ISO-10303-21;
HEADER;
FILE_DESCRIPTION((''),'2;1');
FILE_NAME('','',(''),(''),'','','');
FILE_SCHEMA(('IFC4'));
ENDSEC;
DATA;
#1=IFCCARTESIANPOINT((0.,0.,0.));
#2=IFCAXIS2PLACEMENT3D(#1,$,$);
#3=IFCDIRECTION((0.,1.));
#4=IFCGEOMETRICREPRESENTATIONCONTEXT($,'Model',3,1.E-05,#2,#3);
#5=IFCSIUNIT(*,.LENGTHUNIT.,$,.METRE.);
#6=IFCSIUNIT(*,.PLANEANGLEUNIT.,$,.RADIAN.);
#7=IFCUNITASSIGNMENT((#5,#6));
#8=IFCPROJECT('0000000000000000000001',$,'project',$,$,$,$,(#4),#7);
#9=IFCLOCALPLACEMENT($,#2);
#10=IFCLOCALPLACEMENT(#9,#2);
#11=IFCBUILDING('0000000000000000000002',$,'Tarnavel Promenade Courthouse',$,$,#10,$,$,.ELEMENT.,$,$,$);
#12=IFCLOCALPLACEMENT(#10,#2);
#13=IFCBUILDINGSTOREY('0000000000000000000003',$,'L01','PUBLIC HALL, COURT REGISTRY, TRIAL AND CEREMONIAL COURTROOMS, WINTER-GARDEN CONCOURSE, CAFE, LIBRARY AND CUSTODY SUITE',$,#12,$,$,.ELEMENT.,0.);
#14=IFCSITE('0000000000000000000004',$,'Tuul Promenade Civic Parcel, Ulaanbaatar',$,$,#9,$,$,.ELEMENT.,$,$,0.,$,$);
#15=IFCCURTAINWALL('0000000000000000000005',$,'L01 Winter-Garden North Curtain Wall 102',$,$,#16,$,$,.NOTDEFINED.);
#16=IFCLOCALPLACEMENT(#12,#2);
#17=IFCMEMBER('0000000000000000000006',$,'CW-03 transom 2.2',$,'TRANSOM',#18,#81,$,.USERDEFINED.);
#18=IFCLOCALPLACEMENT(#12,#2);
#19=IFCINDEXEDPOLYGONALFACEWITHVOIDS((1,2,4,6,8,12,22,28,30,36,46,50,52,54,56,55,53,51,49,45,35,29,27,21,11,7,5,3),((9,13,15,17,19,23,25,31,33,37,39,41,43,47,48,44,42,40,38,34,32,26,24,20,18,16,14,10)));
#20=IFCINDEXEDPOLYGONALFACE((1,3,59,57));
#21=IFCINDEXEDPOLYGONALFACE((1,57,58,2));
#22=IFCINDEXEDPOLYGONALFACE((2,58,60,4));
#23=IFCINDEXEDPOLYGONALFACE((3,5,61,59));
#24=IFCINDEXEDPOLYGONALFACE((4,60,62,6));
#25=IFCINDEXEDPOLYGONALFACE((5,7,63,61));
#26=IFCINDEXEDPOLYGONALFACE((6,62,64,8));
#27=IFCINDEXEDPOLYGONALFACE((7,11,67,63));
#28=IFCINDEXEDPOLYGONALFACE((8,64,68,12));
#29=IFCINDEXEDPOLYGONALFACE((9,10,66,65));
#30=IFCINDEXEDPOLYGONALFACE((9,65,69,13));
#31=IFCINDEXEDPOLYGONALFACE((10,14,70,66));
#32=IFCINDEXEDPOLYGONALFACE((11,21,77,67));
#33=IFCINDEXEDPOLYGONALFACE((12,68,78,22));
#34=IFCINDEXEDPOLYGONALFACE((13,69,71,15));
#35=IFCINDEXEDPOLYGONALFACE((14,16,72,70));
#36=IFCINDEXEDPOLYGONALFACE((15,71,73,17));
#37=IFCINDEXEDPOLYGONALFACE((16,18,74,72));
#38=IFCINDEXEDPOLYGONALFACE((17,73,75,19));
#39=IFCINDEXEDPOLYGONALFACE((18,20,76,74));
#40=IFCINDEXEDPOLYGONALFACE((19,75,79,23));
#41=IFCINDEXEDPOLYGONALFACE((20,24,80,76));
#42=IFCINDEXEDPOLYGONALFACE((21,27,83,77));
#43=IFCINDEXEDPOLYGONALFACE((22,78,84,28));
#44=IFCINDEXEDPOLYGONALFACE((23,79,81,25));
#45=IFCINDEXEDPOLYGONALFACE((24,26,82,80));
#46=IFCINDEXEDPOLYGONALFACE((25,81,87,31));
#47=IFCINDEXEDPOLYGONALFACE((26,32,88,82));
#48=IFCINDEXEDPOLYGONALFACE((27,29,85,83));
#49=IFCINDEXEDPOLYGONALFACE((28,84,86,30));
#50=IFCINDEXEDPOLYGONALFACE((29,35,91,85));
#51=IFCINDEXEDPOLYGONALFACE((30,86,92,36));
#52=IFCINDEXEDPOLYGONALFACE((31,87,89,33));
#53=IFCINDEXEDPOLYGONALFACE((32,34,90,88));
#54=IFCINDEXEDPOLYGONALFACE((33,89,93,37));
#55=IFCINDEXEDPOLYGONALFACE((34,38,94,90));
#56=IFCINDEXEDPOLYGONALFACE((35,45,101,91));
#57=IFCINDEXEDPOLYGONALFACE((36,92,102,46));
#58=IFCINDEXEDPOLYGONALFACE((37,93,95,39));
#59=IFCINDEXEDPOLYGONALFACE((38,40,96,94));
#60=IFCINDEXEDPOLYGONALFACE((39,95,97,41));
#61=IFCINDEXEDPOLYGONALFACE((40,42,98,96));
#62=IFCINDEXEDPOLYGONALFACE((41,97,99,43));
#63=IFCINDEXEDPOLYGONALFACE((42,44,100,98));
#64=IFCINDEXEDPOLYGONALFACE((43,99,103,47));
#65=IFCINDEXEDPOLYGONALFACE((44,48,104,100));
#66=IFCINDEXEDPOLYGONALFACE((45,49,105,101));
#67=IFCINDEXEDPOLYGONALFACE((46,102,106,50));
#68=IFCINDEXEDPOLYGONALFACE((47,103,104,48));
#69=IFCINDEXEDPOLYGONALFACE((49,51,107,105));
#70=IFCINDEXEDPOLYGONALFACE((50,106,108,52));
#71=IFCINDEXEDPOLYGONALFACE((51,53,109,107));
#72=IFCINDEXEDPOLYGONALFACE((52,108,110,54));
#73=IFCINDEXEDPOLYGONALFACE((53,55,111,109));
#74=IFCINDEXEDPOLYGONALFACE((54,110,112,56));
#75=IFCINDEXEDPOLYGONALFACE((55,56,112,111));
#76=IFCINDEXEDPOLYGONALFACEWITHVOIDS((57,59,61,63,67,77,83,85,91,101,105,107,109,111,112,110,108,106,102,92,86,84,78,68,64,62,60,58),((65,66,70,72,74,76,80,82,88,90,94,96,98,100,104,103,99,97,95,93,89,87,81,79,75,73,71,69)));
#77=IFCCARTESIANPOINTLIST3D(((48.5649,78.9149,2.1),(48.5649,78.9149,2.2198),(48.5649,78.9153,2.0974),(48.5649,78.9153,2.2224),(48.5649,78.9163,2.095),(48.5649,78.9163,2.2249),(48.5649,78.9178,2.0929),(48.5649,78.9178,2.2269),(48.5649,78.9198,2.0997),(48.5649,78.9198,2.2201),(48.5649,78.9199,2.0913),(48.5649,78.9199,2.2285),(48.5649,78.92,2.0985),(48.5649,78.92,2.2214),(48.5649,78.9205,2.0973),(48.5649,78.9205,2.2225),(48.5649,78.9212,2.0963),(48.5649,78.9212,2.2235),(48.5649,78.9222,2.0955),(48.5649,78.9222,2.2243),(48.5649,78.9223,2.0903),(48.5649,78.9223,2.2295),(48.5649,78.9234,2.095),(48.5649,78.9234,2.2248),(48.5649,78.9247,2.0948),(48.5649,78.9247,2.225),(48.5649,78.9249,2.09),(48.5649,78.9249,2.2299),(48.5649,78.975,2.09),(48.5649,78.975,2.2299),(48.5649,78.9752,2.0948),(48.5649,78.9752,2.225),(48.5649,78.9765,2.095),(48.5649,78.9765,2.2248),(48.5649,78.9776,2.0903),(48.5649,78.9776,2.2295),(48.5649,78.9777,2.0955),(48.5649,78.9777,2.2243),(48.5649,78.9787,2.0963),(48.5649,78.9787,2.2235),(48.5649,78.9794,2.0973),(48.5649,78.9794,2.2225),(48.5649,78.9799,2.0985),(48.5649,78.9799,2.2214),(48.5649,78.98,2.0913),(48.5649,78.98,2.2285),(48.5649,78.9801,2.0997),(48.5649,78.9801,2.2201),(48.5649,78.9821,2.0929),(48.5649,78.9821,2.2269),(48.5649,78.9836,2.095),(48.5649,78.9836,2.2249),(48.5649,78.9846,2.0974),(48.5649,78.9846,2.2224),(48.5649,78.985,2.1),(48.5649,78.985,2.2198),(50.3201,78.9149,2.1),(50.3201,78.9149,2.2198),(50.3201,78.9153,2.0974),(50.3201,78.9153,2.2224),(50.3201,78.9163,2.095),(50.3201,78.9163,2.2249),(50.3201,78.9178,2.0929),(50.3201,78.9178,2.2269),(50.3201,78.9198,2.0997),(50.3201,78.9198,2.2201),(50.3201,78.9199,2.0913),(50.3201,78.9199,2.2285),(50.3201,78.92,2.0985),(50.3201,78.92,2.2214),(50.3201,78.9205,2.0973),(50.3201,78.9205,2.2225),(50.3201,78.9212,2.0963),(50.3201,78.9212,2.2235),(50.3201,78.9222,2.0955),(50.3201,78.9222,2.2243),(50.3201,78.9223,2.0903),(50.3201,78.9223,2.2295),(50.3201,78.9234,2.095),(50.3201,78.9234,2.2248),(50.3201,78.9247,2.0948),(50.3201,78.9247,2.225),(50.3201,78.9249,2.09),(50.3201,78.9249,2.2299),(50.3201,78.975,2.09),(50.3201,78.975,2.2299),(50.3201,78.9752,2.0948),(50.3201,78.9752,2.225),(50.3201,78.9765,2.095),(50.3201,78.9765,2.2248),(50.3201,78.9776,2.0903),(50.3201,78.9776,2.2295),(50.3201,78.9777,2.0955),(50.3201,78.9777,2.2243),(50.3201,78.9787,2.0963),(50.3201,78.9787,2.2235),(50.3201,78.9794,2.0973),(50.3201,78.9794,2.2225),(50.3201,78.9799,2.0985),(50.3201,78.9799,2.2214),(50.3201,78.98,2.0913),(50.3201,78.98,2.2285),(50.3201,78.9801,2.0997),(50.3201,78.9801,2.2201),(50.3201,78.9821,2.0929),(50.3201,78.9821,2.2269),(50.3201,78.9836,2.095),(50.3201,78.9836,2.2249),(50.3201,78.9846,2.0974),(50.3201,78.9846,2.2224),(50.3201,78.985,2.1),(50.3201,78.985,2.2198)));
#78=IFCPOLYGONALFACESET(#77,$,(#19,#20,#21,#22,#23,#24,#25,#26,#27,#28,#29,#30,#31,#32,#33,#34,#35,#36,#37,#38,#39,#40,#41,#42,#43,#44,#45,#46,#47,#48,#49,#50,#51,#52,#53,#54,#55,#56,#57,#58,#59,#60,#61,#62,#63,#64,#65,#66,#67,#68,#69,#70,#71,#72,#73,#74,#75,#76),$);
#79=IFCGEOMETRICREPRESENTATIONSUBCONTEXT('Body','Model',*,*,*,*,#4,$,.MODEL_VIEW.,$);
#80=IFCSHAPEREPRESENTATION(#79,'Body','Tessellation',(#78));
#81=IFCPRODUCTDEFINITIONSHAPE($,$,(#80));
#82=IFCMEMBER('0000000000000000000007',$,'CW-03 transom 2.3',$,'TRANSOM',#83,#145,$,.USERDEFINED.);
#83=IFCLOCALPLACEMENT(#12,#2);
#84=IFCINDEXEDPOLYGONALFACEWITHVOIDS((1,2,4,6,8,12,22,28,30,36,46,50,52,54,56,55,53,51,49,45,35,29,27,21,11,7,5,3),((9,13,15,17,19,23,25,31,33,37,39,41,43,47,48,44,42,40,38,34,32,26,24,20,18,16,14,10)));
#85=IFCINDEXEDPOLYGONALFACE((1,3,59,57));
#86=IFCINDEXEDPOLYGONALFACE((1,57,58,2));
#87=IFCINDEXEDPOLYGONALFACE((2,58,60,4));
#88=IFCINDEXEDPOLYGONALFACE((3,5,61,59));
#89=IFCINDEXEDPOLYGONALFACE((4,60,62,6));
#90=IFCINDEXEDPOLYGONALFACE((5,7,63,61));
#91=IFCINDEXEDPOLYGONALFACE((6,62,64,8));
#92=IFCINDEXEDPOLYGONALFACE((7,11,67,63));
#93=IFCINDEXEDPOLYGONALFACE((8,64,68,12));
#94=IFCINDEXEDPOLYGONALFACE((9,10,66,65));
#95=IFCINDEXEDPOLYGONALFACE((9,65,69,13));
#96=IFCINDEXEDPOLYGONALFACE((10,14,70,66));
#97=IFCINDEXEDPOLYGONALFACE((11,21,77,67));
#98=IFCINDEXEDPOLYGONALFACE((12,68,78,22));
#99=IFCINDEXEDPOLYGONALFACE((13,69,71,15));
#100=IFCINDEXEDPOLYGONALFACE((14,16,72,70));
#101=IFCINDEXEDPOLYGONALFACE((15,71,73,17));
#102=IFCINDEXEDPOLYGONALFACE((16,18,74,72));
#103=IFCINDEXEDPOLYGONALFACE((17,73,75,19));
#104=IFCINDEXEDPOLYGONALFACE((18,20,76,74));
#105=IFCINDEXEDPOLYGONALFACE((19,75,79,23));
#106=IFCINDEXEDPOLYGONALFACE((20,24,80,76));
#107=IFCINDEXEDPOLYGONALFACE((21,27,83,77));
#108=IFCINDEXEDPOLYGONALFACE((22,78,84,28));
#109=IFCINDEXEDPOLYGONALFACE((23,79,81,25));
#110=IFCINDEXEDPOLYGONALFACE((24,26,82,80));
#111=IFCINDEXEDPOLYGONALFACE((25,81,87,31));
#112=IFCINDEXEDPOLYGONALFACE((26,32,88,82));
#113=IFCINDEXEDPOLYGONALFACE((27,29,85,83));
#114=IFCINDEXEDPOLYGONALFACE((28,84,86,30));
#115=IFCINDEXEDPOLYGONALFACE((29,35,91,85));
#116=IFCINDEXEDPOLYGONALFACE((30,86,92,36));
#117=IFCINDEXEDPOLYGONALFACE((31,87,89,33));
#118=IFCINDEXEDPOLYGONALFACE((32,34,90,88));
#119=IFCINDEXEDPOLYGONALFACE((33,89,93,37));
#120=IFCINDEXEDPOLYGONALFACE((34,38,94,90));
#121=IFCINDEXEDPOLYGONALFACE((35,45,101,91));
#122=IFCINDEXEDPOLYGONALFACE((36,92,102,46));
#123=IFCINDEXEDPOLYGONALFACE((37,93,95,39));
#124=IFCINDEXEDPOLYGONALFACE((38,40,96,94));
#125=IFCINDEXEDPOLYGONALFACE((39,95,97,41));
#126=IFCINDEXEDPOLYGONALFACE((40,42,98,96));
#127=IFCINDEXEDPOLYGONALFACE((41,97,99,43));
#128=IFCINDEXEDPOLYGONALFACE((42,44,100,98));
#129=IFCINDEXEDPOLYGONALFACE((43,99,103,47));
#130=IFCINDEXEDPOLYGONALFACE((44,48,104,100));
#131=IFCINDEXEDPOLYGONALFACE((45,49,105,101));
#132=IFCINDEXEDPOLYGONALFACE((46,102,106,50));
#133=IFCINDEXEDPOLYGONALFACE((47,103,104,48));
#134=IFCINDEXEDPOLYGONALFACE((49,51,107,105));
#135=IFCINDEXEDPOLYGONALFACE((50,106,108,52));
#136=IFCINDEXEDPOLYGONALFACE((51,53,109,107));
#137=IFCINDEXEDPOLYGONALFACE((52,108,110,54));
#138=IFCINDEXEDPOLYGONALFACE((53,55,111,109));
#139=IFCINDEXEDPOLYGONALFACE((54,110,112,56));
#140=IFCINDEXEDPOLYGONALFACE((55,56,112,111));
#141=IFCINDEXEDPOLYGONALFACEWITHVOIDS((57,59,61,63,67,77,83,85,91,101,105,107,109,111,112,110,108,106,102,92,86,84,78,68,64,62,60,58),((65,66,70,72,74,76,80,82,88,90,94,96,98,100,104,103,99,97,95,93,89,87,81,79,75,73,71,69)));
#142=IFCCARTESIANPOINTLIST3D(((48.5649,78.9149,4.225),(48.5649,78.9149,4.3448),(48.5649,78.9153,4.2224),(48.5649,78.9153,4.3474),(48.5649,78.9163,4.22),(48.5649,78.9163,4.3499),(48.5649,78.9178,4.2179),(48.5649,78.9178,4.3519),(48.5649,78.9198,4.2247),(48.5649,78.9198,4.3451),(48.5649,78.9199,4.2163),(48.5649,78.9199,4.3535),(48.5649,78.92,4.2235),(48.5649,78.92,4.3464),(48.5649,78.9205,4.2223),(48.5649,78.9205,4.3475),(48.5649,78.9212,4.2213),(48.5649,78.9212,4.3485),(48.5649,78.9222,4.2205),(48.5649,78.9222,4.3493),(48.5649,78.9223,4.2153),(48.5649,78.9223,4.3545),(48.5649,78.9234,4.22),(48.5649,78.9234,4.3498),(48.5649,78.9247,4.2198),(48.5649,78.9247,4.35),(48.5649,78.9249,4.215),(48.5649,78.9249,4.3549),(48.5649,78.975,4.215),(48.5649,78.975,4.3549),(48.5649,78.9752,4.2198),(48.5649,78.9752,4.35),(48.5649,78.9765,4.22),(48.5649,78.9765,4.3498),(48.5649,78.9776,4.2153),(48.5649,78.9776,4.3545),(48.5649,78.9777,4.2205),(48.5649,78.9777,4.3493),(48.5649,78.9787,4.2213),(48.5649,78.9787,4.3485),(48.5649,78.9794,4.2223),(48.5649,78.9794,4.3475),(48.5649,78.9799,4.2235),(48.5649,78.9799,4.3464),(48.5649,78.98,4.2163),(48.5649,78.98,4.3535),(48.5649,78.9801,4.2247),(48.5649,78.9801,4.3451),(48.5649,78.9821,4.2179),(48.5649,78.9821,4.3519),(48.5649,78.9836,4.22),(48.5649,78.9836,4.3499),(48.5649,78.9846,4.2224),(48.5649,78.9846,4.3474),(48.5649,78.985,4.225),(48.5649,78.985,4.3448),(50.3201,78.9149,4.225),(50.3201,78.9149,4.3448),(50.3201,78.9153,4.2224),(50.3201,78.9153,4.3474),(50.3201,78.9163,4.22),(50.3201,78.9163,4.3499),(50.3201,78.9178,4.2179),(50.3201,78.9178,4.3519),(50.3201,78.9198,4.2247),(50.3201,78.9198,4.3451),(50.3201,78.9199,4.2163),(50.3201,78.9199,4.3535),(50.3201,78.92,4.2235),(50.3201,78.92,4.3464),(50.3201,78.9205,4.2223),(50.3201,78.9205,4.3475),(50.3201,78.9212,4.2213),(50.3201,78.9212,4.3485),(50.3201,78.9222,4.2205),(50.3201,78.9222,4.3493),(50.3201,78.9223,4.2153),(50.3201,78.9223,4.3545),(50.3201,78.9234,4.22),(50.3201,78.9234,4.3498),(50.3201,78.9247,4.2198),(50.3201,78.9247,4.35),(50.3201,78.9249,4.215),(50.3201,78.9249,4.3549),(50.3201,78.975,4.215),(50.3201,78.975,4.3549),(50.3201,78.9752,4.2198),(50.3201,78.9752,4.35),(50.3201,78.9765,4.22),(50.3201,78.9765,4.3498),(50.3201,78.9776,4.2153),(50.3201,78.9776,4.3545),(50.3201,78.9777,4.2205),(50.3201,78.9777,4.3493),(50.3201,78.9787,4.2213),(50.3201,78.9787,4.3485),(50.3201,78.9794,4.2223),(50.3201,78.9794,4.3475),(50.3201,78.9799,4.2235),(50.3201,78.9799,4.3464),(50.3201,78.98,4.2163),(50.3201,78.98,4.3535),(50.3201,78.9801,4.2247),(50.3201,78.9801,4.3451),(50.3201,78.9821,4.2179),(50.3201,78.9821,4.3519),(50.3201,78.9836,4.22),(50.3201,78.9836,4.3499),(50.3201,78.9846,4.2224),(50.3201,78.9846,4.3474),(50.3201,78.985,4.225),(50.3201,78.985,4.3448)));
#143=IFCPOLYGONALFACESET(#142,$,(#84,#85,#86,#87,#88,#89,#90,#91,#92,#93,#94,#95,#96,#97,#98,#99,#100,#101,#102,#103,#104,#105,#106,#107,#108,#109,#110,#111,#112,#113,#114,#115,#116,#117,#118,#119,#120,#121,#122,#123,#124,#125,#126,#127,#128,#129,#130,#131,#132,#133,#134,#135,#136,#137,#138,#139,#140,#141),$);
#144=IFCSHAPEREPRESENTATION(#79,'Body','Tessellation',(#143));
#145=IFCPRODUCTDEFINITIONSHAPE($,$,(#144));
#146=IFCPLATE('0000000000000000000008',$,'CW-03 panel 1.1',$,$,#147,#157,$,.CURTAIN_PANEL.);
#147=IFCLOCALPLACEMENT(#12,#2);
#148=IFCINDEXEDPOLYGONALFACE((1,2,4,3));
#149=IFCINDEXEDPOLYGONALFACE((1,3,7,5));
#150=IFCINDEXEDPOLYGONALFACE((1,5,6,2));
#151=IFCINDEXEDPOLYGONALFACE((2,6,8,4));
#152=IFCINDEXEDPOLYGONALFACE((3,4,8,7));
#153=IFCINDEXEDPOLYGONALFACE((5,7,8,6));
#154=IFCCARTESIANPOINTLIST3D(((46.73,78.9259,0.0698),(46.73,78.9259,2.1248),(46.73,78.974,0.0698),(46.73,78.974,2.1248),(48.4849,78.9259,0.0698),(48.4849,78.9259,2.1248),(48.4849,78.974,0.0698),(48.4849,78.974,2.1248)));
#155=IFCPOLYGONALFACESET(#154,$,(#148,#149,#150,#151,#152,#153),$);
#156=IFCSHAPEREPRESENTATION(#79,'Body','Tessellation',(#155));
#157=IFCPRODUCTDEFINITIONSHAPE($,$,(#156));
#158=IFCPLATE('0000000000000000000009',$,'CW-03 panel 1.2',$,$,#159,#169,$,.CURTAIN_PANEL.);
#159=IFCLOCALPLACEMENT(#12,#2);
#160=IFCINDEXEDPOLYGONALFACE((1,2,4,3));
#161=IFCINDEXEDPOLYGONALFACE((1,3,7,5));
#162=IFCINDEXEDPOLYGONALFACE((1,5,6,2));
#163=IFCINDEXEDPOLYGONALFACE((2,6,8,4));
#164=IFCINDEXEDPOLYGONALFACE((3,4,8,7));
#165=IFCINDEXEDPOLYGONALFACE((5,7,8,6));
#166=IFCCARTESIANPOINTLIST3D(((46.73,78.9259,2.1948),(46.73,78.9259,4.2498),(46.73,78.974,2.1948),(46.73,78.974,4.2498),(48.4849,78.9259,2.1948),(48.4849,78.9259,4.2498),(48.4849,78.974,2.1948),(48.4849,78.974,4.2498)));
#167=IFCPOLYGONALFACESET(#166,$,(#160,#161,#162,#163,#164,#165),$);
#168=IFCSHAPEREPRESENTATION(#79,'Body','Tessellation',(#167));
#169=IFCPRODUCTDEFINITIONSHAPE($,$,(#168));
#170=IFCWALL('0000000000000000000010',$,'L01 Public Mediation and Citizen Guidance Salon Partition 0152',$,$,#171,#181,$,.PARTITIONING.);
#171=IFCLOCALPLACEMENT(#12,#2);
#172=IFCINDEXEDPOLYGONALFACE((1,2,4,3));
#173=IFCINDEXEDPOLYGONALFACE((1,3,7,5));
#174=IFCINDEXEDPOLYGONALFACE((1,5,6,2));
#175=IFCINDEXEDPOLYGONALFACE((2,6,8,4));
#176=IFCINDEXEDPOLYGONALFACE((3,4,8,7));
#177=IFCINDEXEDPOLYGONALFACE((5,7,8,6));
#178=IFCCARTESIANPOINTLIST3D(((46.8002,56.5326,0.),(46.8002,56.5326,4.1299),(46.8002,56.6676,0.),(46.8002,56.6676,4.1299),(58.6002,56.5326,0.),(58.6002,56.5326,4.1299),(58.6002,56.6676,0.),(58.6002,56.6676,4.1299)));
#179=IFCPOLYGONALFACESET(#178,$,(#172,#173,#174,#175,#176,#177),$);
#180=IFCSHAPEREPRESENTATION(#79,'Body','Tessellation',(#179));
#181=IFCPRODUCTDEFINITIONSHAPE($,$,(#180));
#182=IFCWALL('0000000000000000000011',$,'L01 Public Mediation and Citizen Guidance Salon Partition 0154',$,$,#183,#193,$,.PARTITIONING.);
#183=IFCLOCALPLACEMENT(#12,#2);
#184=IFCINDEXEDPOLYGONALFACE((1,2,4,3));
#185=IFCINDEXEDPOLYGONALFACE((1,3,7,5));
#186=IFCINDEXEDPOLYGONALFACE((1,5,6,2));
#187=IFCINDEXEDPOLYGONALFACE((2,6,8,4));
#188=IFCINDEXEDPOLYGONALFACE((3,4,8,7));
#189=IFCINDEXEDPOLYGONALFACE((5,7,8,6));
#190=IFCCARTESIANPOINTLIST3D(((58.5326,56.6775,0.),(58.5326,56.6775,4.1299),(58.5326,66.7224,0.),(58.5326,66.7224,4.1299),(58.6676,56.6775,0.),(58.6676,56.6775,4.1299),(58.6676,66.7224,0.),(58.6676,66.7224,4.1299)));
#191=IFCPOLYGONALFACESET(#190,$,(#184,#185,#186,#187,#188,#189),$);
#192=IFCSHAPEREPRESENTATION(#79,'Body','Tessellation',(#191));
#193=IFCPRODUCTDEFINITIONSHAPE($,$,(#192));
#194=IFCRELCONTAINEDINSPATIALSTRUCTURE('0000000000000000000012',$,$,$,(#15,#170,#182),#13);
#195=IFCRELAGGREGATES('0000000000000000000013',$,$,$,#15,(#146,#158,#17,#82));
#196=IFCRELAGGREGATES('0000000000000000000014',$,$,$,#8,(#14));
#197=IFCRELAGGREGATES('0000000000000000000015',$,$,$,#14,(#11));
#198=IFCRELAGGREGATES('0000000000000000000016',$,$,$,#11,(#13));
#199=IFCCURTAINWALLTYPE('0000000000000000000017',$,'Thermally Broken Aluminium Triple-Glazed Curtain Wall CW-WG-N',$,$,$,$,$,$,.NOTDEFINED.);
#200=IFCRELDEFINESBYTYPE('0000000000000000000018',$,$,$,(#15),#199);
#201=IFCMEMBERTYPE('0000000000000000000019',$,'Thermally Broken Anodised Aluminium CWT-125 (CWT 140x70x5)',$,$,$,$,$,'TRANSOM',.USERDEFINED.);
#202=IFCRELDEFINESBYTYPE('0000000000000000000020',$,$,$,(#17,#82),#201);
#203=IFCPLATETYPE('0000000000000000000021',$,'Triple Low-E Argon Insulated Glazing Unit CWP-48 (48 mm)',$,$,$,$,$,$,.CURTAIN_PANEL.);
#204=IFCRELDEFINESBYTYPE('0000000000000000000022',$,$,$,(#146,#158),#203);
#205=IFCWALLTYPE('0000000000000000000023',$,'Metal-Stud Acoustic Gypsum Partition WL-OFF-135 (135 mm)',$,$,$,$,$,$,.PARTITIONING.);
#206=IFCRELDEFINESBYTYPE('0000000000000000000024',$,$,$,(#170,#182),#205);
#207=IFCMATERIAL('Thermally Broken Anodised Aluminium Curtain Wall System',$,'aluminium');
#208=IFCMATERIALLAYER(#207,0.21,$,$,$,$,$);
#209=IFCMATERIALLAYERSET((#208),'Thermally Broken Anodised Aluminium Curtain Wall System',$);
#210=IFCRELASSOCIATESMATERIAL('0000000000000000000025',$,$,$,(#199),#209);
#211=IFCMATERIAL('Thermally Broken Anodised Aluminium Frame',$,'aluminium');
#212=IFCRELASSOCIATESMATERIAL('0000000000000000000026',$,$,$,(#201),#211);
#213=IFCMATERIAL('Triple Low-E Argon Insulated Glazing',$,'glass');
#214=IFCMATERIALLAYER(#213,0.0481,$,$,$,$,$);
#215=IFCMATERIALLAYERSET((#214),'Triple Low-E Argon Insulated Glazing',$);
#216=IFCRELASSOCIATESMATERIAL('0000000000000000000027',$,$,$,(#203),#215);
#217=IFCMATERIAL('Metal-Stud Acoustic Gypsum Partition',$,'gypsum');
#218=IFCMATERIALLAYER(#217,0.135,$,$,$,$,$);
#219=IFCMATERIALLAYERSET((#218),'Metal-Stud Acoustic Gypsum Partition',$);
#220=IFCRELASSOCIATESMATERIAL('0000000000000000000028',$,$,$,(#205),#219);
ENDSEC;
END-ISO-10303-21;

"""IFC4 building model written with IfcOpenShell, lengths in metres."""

from ifc_helpers import new_model, si_unit, direction, frame, frame_2d, origin, origin_2d, place, context, subcontext, project, spatial, rectangle, hollow_rectangle, extrude, material, layer, layer_set, material_profile, profile_set, type_object, element, aggregate, save


model = new_model("IFC4")

# Units and contexts
model_context = context("Model", 3, precision=1e-05, world=origin(), true_north=direction((0.0, 1.0)))
body_context = subcontext(model_context, "Body", "Model", "MODEL_VIEW")
ifc_project = project(units=[si_unit("LENGTHUNIT", "METRE"), si_unit("PLANEANGLEUNIT", "RADIAN")], contexts=[model_context])

# Site, building, storey
site_placement = place(None, origin())
site = spatial("IfcSite", under=ifc_project, at=site_placement, Name="Tuul Promenade Civic Parcel, Ulaanbaatar", CompositionType="ELEMENT", RefElevation=0.0)
building_placement = place(site_placement, origin())
building = spatial("IfcBuilding", under=site, at=building_placement, Name="Tarnavel Promenade Courthouse", CompositionType="ELEMENT")
storey_placement = place(building_placement, origin())
storey = spatial("IfcBuildingStorey", under=building, at=storey_placement, Name="L01", Description="PUBLIC HALL, COURT REGISTRY, TRIAL AND CEREMONIAL COURTROOMS, WINTER-GARDEN CONCOURSE, CAFE, LIBRARY AND CUSTODY SUITE", CompositionType="ELEMENT", Elevation=0.0)

# Curtain wall, members, plates
ifc_material_1 = material(Name="Thermally Broken Anodised Aluminium Curtain Wall System", Category="aluminium")
ifc_layer_1 = layer(ifc_material_1, 0.21)
ifc_layer_set_1 = layer_set([ifc_layer_1], Name="Thermally Broken Anodised Aluminium Curtain Wall System")
curtain_wall_type = type_object("IfcCurtainWallType", Name="Thermally Broken Aluminium Triple-Glazed Curtain Wall CW-WG-N", PredefinedType="NOTDEFINED", material=ifc_layer_set_1)
curtain_wall_placement = place(storey_placement, origin())
curtain_wall = element("IfcCurtainWall", 1, at=curtain_wall_placement, inside=storey, type_object=curtain_wall_type, Name="L01 Winter-Garden North Curtain Wall 102", PredefinedType="NOTDEFINED")
ifc_material_2 = material(Name="Thermally Broken Anodised Aluminium Frame", Category="aluminium")
ifc_material_profile_1 = material_profile(ifc_material_2, hollow_rectangle(XDim=0.0701, YDim=0.1399, WallThickness=0.0049, InnerFilletRadius=0.0049, OuterFilletRadius=0.01, at=origin_2d()), Name="CWT 140x70x5")
ifc_profile_set_1 = profile_set([ifc_material_profile_1], Name="Thermally Broken Anodised Aluminium Frame")
member_type_1 = type_object("IfcMemberType", Name="Thermally Broken Anodised Aluminium CWT-125 (CWT 140x70x5)", ElementType="TRANSOM", PredefinedType="USERDEFINED", material=ifc_profile_set_1)
member_1_placement = place(storey_placement, frame((48.5649, 78.95, 2.1599), z_axis=(1.0, 0.0, 0.0), x_axis=(0.0, 1.0, 0.0)))
member_1 = element("IfcMember", 2, at=member_1_placement, type_object=member_type_1, Name="CW-03 transom 2.2", ObjectType="TRANSOM", PredefinedType="USERDEFINED", context=body_context, shape_type="SweptSolid", body=[
    extrude(hollow_rectangle(XDim=0.0701, YDim=0.1399, WallThickness=0.0049, InnerFilletRadius=0.0049, OuterFilletRadius=0.01, at=origin_2d()), origin(), (0.0, 0.0, 1.0), 1.7551),
])
member_2_placement = place(storey_placement, frame((48.5649, 78.95, 4.2849), z_axis=(1.0, 0.0, 0.0), x_axis=(0.0, 1.0, 0.0)))
member_2 = element("IfcMember", 3, at=member_2_placement, type_object=member_type_1, Name="CW-03 transom 2.3", ObjectType="TRANSOM", PredefinedType="USERDEFINED", context=body_context, shape_type="SweptSolid", body=[
    extrude(hollow_rectangle(XDim=0.0701, YDim=0.1399, WallThickness=0.0049, InnerFilletRadius=0.0049, OuterFilletRadius=0.01, at=origin_2d()), origin(), (0.0, 0.0, 1.0), 1.7551),
])
ifc_material_3 = material(Name="Triple Low-E Argon Insulated Glazing", Category="glass")
ifc_layer_2 = layer(ifc_material_3, 0.0481)
ifc_layer_set_2 = layer_set([ifc_layer_2], Name="Triple Low-E Argon Insulated Glazing")
plate_type = type_object("IfcPlateType", Name="Triple Low-E Argon Insulated Glazing Unit CWP-48 (48 mm)", PredefinedType="CURTAIN_PANEL", material=ifc_layer_set_2)
plate_1_placement = place(storey_placement, frame((47.6074, 78.95, 0.0698), z_axis=(0.0, 0.0, 1.0), x_axis=(1.0, 0.0, 0.0)))
plate_1 = element("IfcPlate", 4, at=plate_1_placement, type_object=plate_type, Name="CW-03 panel 1.1", PredefinedType="CURTAIN_PANEL", context=body_context, shape_type="SweptSolid", body=[
    extrude(rectangle(XDim=1.7549, YDim=0.0481, at=origin_2d()), origin(), (0.0, 0.0, 1.0), 2.0549),
])
plate_2_placement = place(storey_placement, frame((47.6074, 78.95, 2.1948), z_axis=(0.0, 0.0, 1.0), x_axis=(1.0, 0.0, 0.0)))
plate_2 = element("IfcPlate", 5, at=plate_2_placement, type_object=plate_type, Name="CW-03 panel 1.2", PredefinedType="CURTAIN_PANEL", context=body_context, shape_type="SweptSolid", body=[
    extrude(rectangle(XDim=1.7549, YDim=0.0481, at=origin_2d()), origin(), (0.0, 0.0, 1.0), 2.0549),
])
aggregate(curtain_wall, [plate_1, plate_2, member_1, member_2])

# Walls
ifc_material_4 = material(Name="Metal-Stud Acoustic Gypsum Partition", Category="gypsum")
ifc_layer_3 = layer(ifc_material_4, 0.135)
ifc_layer_set_3 = layer_set([ifc_layer_3], Name="Metal-Stud Acoustic Gypsum Partition")
wall_type = type_object("IfcWallType", Name="Metal-Stud Acoustic Gypsum Partition WL-OFF-135 (135 mm)", PredefinedType="PARTITIONING", material=ifc_layer_set_3)
wall_1_placement = place(storey_placement, frame((58.6001, 56.6001, 0.0), z_axis=(0.0, 0.0, 1.0), x_axis=(-1.0, 0.0, 0.0)))
element("IfcWall", 6, at=wall_1_placement, inside=storey, type_object=wall_type, Name="L01 Public Mediation and Citizen Guidance Salon Partition 0152", PredefinedType="PARTITIONING", context=body_context, shape_type="SweptSolid", body=[
    extrude(rectangle(XDim=11.8, YDim=0.135, at=frame_2d((5.8999, 0.0))), origin(), (0.0, 0.0, 1.0), 4.1299),
])
wall_2_placement = place(storey_placement, frame((58.6001, 66.7224, 0.0), z_axis=(0.0, 0.0, 1.0), x_axis=(0.0, -1.0, 0.0)))
element("IfcWall", 7, at=wall_2_placement, inside=storey, type_object=wall_type, Name="L01 Public Mediation and Citizen Guidance Salon Partition 0154", PredefinedType="PARTITIONING", context=body_context, shape_type="SweptSolid", body=[
    extrude(rectangle(XDim=10.0449, YDim=0.135, at=frame_2d((5.0225, 0.0))), origin(), (0.0, 0.0, 1.0), 4.1299),
])

save(model, "model.ifc")
